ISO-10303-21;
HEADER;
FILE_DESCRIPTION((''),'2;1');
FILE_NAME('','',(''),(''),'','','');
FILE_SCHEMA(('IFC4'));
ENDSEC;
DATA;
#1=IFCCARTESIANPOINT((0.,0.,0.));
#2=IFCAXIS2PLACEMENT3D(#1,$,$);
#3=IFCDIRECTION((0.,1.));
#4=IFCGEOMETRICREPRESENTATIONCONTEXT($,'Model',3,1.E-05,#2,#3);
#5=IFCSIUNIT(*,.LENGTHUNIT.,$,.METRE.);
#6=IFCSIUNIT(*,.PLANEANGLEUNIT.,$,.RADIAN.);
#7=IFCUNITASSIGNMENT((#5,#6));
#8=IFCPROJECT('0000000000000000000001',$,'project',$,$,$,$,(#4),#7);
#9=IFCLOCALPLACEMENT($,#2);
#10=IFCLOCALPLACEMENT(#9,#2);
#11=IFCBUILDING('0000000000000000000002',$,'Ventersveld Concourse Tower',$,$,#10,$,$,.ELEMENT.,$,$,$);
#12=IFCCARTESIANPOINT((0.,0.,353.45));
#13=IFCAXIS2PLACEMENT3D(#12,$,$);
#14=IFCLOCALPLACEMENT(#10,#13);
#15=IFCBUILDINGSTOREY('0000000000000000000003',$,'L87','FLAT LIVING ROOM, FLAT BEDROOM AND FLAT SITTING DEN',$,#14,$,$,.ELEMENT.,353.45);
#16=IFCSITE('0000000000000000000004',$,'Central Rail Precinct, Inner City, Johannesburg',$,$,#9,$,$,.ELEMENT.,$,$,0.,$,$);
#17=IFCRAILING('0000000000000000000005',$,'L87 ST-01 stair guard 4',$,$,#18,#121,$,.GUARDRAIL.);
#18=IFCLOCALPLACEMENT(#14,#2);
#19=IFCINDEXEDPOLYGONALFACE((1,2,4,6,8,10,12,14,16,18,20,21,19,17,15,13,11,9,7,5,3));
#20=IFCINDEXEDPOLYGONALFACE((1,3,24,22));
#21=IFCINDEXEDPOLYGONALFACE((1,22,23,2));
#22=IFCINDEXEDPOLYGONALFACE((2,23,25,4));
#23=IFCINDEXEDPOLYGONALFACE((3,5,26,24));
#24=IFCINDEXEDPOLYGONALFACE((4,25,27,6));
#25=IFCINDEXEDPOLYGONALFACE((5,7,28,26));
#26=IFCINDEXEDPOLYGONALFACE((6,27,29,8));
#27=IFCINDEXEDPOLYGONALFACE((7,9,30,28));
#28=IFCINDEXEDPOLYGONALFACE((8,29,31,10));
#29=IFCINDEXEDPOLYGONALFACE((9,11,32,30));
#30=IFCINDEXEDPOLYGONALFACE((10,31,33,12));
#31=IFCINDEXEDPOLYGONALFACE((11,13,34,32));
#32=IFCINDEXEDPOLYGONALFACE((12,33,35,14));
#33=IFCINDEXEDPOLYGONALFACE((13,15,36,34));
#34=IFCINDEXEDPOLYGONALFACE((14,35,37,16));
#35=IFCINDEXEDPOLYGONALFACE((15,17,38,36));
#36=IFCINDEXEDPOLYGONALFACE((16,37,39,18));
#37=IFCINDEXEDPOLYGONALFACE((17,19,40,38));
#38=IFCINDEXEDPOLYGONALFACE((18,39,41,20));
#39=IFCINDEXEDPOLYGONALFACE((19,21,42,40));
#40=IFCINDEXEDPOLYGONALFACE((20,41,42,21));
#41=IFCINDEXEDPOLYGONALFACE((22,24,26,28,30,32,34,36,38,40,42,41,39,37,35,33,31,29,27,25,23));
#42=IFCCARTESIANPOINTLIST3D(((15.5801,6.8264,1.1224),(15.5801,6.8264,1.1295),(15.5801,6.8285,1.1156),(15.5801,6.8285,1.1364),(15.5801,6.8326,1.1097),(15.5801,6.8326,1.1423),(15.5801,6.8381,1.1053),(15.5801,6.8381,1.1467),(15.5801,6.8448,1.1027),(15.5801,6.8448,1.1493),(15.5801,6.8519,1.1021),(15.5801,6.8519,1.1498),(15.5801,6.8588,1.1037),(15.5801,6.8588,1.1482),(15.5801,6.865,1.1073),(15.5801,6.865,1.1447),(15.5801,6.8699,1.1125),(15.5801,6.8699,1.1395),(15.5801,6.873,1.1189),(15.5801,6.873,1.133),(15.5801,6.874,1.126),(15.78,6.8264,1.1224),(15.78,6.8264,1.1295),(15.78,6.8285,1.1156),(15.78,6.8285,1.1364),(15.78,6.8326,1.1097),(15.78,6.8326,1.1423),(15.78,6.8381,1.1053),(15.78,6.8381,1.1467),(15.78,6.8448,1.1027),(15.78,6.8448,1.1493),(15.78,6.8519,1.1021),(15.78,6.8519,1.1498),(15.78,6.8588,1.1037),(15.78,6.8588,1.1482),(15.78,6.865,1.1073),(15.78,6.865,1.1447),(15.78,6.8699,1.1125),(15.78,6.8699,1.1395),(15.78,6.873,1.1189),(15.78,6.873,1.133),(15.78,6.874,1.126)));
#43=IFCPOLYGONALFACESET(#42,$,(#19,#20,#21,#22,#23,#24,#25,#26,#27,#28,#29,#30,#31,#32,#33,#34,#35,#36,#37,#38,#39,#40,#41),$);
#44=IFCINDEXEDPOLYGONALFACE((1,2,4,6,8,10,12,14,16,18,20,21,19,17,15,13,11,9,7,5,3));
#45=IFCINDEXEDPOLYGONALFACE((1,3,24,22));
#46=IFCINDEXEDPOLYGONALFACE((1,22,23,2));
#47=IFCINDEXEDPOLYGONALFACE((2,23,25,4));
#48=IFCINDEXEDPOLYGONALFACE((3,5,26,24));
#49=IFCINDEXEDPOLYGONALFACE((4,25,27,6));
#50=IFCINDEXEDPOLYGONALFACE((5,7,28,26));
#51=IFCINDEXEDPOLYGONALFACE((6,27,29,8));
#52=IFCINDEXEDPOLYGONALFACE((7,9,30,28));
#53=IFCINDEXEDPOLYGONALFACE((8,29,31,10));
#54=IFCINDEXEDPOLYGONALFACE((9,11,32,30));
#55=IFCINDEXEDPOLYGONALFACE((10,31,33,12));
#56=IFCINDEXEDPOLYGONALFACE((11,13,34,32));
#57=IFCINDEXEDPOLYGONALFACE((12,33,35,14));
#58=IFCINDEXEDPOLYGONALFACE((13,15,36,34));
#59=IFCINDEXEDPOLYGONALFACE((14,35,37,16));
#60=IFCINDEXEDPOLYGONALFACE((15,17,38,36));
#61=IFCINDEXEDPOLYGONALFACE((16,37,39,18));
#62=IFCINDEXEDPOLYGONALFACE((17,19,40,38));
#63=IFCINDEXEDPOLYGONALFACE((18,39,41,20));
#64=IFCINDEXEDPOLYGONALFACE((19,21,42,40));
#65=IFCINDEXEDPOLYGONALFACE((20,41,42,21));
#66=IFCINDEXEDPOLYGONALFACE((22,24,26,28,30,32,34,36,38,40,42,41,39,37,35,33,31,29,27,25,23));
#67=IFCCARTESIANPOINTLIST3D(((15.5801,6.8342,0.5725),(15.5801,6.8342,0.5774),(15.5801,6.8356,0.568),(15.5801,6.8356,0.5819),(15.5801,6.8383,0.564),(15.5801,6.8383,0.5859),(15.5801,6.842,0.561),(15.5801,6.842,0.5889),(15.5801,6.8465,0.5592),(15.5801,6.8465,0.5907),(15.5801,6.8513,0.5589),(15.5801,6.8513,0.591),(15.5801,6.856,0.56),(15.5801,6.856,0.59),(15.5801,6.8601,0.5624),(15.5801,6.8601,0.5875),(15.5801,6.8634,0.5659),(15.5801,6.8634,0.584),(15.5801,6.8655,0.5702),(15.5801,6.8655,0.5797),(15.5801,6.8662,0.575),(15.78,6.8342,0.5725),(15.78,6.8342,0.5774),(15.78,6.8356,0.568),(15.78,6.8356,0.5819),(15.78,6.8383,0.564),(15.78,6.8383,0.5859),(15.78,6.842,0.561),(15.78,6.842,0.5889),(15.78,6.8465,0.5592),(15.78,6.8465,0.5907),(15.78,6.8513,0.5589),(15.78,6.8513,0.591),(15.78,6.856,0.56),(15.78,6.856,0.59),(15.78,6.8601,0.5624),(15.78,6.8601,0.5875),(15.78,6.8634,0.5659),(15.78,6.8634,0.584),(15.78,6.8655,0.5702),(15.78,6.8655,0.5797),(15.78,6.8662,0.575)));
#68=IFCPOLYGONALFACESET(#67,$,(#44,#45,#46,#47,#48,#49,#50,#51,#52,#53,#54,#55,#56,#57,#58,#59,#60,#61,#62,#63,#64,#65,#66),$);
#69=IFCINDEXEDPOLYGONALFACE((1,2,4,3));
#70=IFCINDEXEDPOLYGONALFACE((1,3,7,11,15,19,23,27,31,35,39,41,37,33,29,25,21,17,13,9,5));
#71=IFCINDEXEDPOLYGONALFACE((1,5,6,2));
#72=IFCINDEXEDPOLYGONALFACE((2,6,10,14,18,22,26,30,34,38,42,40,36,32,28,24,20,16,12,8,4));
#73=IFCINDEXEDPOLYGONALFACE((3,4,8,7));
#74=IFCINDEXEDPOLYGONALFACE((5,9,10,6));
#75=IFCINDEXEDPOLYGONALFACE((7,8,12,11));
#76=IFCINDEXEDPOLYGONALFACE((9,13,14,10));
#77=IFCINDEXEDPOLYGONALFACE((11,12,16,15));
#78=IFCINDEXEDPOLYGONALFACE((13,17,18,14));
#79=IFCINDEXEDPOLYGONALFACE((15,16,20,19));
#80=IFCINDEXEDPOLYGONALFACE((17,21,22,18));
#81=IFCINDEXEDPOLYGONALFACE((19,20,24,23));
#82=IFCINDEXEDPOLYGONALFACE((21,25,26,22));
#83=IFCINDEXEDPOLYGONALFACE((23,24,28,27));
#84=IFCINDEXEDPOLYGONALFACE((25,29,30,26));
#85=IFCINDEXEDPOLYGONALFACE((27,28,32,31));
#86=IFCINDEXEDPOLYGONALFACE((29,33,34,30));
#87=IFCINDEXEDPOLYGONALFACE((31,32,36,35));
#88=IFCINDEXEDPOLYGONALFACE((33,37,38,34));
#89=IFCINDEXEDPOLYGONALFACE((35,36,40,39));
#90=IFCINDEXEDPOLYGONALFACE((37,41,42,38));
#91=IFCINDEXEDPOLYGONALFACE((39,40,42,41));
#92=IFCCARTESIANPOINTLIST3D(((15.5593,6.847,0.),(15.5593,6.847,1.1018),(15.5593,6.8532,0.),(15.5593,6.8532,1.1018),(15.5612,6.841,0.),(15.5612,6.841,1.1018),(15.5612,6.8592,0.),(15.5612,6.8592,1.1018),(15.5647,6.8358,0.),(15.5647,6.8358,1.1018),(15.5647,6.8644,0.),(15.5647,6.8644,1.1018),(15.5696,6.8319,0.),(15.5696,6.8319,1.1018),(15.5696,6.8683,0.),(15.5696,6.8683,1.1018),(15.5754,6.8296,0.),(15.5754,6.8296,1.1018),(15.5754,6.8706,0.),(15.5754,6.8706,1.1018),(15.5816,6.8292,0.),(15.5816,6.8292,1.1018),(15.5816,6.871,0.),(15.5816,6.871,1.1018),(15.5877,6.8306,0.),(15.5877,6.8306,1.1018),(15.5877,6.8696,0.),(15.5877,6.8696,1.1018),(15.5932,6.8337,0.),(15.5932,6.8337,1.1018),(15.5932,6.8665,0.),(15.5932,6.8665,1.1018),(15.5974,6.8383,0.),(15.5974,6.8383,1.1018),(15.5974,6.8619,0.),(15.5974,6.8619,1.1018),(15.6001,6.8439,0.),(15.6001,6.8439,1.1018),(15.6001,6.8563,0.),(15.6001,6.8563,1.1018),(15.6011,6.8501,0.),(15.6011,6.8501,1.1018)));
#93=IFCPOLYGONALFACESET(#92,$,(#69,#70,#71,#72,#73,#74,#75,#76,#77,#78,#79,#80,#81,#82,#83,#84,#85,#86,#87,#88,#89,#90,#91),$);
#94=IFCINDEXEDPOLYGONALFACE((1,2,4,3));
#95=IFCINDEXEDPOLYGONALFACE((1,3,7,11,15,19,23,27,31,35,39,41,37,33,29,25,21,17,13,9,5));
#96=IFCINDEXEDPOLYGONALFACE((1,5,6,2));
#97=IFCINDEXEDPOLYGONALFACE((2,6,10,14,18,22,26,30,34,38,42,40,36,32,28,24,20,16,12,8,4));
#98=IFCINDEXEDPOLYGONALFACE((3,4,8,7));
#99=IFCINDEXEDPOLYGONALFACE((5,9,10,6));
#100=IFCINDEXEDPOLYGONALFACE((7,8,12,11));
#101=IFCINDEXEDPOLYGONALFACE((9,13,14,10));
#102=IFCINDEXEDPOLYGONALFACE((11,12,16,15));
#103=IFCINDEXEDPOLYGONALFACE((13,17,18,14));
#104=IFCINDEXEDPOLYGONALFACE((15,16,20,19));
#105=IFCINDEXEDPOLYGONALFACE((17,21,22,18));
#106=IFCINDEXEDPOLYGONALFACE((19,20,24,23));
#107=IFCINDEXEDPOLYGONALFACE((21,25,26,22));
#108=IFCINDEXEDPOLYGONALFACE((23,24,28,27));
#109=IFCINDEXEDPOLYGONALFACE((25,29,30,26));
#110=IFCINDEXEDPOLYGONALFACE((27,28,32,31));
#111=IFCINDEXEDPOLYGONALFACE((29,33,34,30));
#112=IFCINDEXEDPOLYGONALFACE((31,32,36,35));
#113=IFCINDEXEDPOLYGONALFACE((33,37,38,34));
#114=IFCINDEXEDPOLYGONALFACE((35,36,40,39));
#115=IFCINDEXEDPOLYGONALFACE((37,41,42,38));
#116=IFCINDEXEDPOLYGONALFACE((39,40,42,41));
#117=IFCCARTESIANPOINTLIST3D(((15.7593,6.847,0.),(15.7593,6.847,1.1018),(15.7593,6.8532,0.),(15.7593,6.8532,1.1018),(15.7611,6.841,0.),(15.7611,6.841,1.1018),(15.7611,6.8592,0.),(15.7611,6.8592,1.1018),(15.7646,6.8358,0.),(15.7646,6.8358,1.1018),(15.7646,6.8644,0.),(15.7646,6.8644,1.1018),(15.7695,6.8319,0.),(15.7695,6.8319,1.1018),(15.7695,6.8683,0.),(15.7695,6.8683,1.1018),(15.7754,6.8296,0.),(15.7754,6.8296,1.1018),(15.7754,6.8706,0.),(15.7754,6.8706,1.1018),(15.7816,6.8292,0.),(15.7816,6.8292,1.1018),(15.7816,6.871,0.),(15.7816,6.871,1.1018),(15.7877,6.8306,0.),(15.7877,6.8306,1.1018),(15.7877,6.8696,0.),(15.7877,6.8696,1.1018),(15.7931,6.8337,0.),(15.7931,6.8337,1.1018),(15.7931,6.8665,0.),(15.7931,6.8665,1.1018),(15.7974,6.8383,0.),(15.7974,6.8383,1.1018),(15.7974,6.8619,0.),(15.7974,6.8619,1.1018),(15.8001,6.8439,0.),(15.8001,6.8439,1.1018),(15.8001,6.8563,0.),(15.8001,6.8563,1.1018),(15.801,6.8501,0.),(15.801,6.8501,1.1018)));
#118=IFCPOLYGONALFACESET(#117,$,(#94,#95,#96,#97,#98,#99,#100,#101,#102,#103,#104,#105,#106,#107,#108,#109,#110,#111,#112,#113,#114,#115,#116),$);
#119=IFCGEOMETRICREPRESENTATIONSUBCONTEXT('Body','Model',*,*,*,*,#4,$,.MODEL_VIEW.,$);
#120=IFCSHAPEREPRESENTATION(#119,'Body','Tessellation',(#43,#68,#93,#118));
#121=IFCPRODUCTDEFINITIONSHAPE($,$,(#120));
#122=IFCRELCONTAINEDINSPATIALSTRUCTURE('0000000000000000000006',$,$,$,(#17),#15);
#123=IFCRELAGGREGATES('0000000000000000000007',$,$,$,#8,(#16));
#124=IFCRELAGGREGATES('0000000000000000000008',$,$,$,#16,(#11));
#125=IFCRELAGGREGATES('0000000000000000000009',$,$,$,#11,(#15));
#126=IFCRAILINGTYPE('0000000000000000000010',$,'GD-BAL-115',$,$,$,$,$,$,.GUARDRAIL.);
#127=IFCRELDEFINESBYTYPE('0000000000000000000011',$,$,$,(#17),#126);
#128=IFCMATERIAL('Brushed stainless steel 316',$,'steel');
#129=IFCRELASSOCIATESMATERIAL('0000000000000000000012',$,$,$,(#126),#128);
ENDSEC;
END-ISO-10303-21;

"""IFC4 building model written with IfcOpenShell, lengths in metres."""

from ifc_helpers import new_model, si_unit, direction, frame, origin, origin_2d, place, context, subcontext, project, spatial, circle, extrude, material, type_object, element, save


model = new_model("IFC4")

# Units and contexts
model_context = context("Model", 3, precision=1e-05, world=origin(), true_north=direction((0.0, 1.0)))
body_context = subcontext(model_context, "Body", "Model", "MODEL_VIEW")
ifc_project = project(units=[si_unit("LENGTHUNIT", "METRE"), si_unit("PLANEANGLEUNIT", "RADIAN")], contexts=[model_context])

# Site, building, storey
site_placement = place(None, origin())
site = spatial("IfcSite", under=ifc_project, at=site_placement, Name="Central Rail Precinct, Inner City, Johannesburg", CompositionType="ELEMENT", RefElevation=0.0)
building_placement = place(site_placement, origin())
building = spatial("IfcBuilding", under=site, at=building_placement, Name="Ventersveld Concourse Tower", CompositionType="ELEMENT")
storey_placement = place(building_placement, frame((0.0, 0.0, 353.45)))
storey = spatial("IfcBuildingStorey", under=building, at=storey_placement, Name="L87", Description="FLAT LIVING ROOM, FLAT BEDROOM AND FLAT SITTING DEN", CompositionType="ELEMENT", Elevation=353.45)

# Shared definitions
ifc_material_1 = material(Name="Brushed stainless steel 316", Category="steel")

# Railing
railing_type_1 = type_object("IfcRailingType", Name="GD-BAL-115", PredefinedType="GUARDRAIL", material=ifc_material_1)
railing_1_placement = place(storey_placement, frame((15.5801, 6.8501, 0.0)))
element("IfcRailing", 1, at=railing_1_placement, inside=storey, type_object=railing_type_1, Name="L87 ST-01 stair guard 4", PredefinedType="GUARDRAIL", context=body_context, shape_type="SweptSolid", body=[
    extrude(circle(Radius=0.0239, at=origin_2d()), frame((0.0, 0.0, 1.126), z_axis=(1.0, 0.0, 0.0), x_axis=(0.0, 1.0, 0.0)), (0.0, 0.0, 1.0), 0.2),
    extrude(circle(Radius=0.0161, at=origin_2d()), frame((0.0, 0.0, 0.575), z_axis=(1.0, 0.0, 0.0), x_axis=(0.0, 1.0, 0.0)), (0.0, 0.0, 1.0), 0.2),
    extrude(circle(Radius=0.021, at=origin_2d()), origin(), (0.0, 0.0, 1.0), 1.1018),
    extrude(circle(Radius=0.021, at=origin_2d()), frame((0.2, 0.0, 0.0)), (0.0, 0.0, 1.0), 1.1018),
])

save(model, "model.ifc")
